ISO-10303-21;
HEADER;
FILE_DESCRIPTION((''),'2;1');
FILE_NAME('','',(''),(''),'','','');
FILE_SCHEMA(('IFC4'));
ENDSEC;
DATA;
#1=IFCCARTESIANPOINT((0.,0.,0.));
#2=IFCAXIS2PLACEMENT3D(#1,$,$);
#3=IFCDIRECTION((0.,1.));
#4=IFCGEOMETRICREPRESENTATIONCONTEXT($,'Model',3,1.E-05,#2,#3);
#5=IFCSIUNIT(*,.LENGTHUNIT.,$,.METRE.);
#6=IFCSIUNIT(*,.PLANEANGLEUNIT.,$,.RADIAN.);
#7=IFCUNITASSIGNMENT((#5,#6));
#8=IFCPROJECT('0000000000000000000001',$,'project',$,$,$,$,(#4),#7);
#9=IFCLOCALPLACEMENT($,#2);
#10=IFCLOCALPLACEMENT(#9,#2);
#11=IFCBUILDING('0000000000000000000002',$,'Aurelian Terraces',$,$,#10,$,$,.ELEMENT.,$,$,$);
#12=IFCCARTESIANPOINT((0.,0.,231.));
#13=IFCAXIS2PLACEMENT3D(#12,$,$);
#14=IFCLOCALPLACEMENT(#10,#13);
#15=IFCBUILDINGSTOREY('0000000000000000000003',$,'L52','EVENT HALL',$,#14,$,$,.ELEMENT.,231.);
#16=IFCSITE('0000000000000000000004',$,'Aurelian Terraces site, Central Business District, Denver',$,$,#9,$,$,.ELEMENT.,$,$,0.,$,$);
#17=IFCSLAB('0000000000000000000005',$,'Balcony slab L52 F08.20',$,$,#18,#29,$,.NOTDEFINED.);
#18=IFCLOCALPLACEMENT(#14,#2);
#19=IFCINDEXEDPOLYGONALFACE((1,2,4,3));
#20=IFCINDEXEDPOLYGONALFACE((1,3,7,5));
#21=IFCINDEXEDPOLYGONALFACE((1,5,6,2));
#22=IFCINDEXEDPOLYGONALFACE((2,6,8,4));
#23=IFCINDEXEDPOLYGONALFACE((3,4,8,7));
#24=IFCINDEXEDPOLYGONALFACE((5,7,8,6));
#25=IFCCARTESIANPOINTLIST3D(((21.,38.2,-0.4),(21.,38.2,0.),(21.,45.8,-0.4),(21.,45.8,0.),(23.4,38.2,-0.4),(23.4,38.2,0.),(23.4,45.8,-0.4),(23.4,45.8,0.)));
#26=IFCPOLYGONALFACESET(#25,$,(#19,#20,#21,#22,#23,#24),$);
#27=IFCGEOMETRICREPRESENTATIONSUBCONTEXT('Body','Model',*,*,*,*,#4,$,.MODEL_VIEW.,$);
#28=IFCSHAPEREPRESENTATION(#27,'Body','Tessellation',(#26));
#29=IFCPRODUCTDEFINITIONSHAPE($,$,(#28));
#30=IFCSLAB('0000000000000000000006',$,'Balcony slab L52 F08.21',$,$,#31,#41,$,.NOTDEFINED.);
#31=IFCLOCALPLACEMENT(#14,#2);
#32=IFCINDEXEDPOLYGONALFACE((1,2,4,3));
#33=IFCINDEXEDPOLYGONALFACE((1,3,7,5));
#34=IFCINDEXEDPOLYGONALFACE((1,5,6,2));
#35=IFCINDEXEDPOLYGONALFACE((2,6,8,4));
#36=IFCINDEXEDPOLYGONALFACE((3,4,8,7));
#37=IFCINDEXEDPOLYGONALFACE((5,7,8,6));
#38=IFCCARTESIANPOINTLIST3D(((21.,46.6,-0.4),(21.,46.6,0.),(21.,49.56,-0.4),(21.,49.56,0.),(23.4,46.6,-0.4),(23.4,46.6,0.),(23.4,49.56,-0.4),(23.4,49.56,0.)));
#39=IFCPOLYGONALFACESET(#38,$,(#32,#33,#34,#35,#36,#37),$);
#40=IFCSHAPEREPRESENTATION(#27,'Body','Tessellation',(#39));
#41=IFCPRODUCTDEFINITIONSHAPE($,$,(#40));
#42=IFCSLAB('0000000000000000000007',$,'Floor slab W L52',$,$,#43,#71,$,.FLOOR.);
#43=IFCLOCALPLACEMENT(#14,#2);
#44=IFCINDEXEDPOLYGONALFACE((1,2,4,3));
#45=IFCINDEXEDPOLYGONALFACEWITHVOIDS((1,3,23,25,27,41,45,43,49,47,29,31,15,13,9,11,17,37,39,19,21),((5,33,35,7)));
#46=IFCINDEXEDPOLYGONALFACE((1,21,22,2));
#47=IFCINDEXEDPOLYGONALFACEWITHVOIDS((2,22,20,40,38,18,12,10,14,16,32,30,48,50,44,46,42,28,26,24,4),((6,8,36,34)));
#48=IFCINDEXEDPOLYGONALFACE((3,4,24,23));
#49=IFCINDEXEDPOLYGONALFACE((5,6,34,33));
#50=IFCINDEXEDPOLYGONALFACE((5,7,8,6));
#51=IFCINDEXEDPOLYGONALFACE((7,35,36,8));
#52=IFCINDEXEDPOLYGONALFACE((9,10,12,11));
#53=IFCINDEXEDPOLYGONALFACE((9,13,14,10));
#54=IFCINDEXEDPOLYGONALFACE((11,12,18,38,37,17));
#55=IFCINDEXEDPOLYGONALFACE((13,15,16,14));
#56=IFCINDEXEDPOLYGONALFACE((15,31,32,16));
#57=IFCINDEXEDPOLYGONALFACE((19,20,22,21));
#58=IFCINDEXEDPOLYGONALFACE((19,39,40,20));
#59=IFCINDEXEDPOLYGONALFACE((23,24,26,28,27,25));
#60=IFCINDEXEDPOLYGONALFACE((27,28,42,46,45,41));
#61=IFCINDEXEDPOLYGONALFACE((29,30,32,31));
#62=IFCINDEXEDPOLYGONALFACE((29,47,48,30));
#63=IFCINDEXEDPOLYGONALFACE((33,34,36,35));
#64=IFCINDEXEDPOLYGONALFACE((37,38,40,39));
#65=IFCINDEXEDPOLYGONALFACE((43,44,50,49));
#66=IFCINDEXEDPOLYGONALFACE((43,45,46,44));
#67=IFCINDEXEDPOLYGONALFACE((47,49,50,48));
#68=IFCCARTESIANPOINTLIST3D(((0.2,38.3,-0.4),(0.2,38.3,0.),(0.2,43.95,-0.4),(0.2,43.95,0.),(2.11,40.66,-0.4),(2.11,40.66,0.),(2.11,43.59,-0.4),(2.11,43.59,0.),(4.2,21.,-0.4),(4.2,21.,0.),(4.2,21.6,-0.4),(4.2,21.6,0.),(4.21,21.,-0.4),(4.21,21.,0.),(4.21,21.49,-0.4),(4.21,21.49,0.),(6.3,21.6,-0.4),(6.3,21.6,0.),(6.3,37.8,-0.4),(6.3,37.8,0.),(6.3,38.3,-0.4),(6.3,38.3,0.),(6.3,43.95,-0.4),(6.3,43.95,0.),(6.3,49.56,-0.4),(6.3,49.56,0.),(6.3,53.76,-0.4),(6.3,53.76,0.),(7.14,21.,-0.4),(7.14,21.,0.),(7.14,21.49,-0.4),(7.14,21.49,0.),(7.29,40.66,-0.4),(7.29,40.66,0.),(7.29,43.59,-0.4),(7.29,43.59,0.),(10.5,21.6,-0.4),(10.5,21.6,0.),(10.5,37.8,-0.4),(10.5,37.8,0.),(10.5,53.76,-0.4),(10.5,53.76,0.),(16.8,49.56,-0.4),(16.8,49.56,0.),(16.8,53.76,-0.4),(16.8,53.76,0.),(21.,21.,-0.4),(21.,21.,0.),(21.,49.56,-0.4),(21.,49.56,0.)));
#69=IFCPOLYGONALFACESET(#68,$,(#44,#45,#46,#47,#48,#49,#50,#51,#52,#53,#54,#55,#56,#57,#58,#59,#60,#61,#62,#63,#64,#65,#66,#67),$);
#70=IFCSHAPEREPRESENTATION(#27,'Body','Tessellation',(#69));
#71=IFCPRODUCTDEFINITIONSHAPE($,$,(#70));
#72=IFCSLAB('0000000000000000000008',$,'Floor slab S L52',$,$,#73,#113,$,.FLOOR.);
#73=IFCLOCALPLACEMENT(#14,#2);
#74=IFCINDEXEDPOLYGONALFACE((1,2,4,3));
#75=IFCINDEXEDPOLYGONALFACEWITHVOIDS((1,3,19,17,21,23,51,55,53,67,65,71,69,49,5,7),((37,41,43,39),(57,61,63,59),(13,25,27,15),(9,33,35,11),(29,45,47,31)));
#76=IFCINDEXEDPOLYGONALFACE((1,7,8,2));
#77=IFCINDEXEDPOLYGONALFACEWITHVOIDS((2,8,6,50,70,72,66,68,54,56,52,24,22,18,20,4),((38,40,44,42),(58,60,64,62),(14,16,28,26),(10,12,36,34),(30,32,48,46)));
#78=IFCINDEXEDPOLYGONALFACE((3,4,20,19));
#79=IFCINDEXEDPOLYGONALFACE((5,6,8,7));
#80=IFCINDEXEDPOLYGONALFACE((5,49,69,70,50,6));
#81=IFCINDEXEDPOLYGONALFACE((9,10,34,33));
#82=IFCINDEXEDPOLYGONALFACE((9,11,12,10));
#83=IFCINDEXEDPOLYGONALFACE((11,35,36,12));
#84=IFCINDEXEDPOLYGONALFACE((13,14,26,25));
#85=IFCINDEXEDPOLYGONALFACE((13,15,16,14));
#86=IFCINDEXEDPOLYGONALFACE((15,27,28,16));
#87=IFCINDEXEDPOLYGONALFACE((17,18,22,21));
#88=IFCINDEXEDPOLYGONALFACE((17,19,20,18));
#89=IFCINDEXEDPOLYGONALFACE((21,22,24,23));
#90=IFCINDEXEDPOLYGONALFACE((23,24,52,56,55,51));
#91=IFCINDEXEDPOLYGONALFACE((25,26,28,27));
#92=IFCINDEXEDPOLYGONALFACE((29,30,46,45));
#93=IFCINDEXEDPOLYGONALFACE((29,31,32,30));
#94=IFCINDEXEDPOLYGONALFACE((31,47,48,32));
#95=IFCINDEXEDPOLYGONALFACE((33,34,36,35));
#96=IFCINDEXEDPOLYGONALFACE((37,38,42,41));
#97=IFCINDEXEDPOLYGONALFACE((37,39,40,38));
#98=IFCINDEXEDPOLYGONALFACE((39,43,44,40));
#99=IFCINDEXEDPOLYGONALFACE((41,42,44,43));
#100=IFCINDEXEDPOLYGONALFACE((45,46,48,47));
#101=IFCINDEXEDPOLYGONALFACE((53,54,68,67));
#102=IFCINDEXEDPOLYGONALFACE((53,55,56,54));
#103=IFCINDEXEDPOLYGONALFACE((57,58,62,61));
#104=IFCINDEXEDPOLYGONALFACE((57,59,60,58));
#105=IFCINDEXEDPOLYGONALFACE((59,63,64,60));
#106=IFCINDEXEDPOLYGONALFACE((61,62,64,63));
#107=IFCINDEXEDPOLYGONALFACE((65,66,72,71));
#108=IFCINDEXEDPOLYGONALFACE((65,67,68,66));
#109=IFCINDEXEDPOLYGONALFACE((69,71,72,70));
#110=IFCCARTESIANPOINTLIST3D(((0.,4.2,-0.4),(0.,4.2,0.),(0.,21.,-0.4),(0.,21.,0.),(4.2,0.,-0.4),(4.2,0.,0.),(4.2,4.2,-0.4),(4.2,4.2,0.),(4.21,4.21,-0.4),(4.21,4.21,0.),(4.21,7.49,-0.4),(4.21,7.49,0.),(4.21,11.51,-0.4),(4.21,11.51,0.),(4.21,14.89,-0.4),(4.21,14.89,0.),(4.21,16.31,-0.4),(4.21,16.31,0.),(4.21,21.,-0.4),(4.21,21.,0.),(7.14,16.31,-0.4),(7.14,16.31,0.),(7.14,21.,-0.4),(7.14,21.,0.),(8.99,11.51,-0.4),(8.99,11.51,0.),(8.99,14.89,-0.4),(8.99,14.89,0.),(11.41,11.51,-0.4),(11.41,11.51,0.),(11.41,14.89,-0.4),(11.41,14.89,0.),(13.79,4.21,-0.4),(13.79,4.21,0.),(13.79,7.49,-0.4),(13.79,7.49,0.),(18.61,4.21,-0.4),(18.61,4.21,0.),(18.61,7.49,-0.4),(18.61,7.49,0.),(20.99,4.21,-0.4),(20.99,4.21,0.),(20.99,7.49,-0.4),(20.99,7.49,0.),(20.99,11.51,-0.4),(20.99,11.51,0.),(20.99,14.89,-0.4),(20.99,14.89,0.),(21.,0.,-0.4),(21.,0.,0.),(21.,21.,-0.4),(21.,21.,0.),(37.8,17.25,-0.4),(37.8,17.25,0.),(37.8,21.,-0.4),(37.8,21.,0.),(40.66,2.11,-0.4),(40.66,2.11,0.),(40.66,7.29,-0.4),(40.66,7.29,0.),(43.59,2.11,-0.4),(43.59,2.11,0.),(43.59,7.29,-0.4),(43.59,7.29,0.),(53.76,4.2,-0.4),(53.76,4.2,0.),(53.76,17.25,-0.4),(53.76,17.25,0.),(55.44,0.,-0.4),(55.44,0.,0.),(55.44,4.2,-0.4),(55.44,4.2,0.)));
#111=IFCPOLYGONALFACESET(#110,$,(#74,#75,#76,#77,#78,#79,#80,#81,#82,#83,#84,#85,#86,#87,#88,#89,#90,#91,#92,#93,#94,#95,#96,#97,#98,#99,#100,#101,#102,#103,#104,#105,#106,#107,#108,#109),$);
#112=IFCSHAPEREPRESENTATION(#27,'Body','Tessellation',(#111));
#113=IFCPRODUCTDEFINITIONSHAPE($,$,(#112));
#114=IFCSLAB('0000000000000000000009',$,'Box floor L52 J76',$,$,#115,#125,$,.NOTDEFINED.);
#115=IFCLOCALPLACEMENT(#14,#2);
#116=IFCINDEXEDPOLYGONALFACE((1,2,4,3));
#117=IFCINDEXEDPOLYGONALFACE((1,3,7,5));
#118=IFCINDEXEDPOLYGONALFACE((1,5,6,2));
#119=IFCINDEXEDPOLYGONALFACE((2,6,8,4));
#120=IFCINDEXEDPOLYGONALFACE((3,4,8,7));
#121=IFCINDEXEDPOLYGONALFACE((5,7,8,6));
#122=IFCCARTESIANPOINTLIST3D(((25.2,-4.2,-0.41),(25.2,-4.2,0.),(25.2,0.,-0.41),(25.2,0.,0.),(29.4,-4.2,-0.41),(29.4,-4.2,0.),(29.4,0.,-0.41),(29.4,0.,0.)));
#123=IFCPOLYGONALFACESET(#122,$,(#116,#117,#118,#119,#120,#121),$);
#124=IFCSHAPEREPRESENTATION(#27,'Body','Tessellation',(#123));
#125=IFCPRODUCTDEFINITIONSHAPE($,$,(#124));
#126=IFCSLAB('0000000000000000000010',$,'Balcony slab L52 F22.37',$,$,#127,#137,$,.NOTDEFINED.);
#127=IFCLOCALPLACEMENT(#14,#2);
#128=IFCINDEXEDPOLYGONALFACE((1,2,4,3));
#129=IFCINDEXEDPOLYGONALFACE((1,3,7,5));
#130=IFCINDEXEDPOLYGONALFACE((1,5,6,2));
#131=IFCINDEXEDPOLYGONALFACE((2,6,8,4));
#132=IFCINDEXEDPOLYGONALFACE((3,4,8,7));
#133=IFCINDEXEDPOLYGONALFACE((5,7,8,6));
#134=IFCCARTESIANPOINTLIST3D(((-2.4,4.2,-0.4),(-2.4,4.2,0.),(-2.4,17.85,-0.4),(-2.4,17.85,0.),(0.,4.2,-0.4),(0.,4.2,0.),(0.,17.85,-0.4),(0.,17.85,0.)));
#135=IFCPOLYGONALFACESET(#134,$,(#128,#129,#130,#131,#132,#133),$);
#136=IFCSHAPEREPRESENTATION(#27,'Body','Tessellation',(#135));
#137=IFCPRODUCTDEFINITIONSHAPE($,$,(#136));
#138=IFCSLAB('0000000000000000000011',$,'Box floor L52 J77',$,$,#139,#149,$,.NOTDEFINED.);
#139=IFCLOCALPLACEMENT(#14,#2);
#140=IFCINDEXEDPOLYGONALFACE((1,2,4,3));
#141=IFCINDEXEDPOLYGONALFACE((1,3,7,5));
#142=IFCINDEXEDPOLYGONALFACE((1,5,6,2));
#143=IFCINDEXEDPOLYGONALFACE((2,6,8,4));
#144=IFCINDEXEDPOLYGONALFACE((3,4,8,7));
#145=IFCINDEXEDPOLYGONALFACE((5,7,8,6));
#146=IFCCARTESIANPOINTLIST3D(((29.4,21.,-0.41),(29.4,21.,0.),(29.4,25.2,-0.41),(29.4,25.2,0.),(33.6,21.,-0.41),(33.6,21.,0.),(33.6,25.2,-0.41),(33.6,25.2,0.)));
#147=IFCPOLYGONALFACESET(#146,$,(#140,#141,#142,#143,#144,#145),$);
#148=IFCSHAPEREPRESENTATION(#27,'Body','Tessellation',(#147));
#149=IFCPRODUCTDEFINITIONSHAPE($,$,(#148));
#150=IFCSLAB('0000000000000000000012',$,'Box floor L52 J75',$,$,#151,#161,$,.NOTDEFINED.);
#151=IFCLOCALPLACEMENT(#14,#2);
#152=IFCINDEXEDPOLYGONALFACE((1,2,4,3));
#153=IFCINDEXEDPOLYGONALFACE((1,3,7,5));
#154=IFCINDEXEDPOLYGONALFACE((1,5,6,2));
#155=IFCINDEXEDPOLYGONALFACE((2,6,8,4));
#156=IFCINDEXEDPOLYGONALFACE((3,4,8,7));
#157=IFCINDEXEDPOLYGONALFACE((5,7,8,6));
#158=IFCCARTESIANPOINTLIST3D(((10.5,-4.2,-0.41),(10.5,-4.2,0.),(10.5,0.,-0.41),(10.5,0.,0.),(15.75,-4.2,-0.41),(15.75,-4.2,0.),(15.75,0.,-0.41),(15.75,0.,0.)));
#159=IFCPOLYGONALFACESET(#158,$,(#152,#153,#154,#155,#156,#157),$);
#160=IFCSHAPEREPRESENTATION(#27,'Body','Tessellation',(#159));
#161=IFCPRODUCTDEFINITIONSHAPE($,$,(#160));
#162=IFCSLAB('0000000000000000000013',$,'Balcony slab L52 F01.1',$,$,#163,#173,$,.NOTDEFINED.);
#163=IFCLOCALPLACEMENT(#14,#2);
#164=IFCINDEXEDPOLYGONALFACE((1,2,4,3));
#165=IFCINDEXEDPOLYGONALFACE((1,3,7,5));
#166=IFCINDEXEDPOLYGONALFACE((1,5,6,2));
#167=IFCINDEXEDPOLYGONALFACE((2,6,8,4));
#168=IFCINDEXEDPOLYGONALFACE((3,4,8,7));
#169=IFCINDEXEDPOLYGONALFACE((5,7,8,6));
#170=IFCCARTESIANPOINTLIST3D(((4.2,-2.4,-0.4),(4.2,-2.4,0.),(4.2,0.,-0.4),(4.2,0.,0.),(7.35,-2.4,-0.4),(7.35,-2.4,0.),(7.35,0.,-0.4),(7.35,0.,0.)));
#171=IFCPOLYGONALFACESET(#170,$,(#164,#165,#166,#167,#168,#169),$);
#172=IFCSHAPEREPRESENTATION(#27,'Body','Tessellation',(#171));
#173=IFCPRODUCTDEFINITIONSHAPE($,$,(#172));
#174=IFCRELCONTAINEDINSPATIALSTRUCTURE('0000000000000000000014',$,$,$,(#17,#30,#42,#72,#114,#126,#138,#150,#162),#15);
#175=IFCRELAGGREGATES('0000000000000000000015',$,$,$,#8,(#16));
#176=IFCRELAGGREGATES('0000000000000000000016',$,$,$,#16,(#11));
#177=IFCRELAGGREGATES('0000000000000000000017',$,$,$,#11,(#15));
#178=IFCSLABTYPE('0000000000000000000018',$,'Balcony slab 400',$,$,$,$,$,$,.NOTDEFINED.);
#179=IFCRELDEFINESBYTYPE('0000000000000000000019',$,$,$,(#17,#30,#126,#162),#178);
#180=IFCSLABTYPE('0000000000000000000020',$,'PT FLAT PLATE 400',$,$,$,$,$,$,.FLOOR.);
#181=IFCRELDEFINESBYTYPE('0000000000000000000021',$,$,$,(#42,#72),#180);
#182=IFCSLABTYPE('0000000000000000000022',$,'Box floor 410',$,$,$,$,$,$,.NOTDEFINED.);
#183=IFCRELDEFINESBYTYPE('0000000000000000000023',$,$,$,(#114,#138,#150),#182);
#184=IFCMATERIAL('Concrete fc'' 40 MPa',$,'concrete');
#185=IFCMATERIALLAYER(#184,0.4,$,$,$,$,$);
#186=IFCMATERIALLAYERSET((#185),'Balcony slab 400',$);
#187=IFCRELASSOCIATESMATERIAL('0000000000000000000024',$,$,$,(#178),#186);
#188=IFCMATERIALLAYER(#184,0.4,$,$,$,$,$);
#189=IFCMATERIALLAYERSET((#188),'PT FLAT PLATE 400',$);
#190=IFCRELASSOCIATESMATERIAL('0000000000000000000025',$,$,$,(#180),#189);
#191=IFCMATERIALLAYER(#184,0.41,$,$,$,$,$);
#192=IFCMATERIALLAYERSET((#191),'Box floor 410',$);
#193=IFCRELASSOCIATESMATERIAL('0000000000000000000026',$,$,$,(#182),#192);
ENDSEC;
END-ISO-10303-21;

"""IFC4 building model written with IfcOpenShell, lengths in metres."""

from ifc_helpers import new_model, si_unit, direction, frame, origin, place, context, subcontext, project, spatial, polyline, outline, extrude, source, transform, mapped, material, layer, layer_set, type_object, element, save


model = new_model("IFC4")

# Units and contexts
model_context = context("Model", 3, precision=1e-05, world=origin(), true_north=direction((0.0, 1.0)))
body_context = subcontext(model_context, "Body", "Model", "MODEL_VIEW")
ifc_project = project(units=[si_unit("LENGTHUNIT", "METRE"), si_unit("PLANEANGLEUNIT", "RADIAN")], contexts=[model_context])

# Site, building, storey
site_placement = place(None, origin())
site = spatial("IfcSite", under=ifc_project, at=site_placement, Name="Aurelian Terraces site, Central Business District, Denver", CompositionType="ELEMENT", RefElevation=0.0)
building_placement = place(site_placement, origin())
building = spatial("IfcBuilding", under=site, at=building_placement, Name="Aurelian Terraces", CompositionType="ELEMENT")
storey_placement = place(building_placement, frame((0.0, 0.0, 231.0)))
storey = spatial("IfcBuildingStorey", under=building, at=storey_placement, Name="L52", Description="EVENT HALL", CompositionType="ELEMENT", Elevation=231.0)

# Slabs
ifc_material_1 = material(Name="Concrete fc' 40 MPa", Category="concrete")
ifc_layer_1 = layer(ifc_material_1, 0.4)
ifc_layer_set_1 = layer_set([ifc_layer_1], Name="Balcony slab 400")
slab_type_1 = type_object("IfcSlabType", Name="Balcony slab 400", PredefinedType="NOTDEFINED", material=ifc_layer_set_1)
slab_1_placement = place(storey_placement, frame((0.0, 0.0, -0.4)))
element("IfcSlab", 1, at=slab_1_placement, inside=storey, type_object=slab_type_1, Name="Balcony slab L52 F08.20", PredefinedType="NOTDEFINED", context=body_context, shape_type="SweptSolid", body=[
    extrude(outline(polyline([(21.0, 38.2), (21.0, 45.8), (23.4, 45.8), (23.4, 38.2), (21.0, 38.2)])), origin(), (0.0, 0.0, 1.0), 0.4),
])
slab_2_placement = place(storey_placement, frame((0.0, 0.0, -0.4)))
element("IfcSlab", 2, at=slab_2_placement, inside=storey, type_object=slab_type_1, Name="Balcony slab L52 F08.21", PredefinedType="NOTDEFINED", context=body_context, shape_type="SweptSolid", body=[
    extrude(outline(polyline([(21.0, 46.6), (21.0, 49.56), (23.4, 49.56), (23.4, 46.6), (21.0, 46.6)])), origin(), (0.0, 0.0, 1.0), 0.4),
])
ifc_layer_2 = layer(ifc_material_1, 0.4)
ifc_layer_set_2 = layer_set([ifc_layer_2], Name="PT FLAT PLATE 400")
slab_type_2 = type_object("IfcSlabType", Name="PT FLAT PLATE 400", PredefinedType="FLOOR", material=ifc_layer_set_2)
slab_3_placement = place(storey_placement, frame((0.0, 0.0, -0.4)))
element("IfcSlab", 3, at=slab_3_placement, inside=storey, type_object=slab_type_2, Name="Floor slab W L52", PredefinedType="FLOOR", context=body_context, shape_type="SweptSolid", body=[
    extrude(outline(polyline([(6.3, 49.56), (6.3, 53.76), (10.5, 53.76), (16.8, 53.76), (16.8, 49.56), (21.0, 49.56), (21.0, 21.0), (7.14, 21.0), (7.14, 21.49), (4.21, 21.49), (4.21, 21.0), (4.2, 21.0), (4.2, 21.6), (6.3, 21.6), (10.5, 21.6), (10.5, 37.8), (6.3, 37.8), (6.3, 38.3), (0.2, 38.3), (0.2, 43.95), (6.3, 43.95), (6.3, 49.56)]), holes=[polyline([(7.29, 43.59), (2.11, 43.59), (2.11, 40.66), (7.29, 40.66), (7.29, 43.59)])]), origin(), (0.0, 0.0, 1.0), 0.4),
])
shared_shape_1 = source(origin(), body_context, "Body", "SweptSolid", [
    extrude(outline(polyline([(21.0, 0.0), (4.2, 0.0), (4.2, 4.2), (0.0, 4.2), (0.0, 21.0), (4.21, 21.0), (4.21, 16.31), (7.14, 16.31), (7.14, 21.0), (21.0, 21.0), (37.8, 21.0), (37.8, 17.25), (53.76, 17.25), (53.76, 4.2), (55.44, 4.2), (55.44, 0.0), (21.0, 0.0)]), holes=[polyline([(40.66, 2.11), (43.59, 2.11), (43.59, 7.29), (40.66, 7.29), (40.66, 2.11)]), polyline([(18.61, 7.49), (18.61, 4.21), (20.99, 4.21), (20.99, 7.49), (18.61, 7.49)]), polyline([(20.99, 14.89), (11.41, 14.89), (11.41, 11.51), (20.99, 11.51), (20.99, 14.89)]), polyline([(4.21, 7.49), (4.21, 4.21), (13.79, 4.21), (13.79, 7.49), (4.21, 7.49)]), polyline([(4.21, 14.89), (4.21, 11.51), (8.99, 11.51), (8.99, 14.89), (4.21, 14.89)])]), origin(), (0.0, 0.0, 1.0), 0.4),
])
slab_4_placement = place(storey_placement, frame((0.0, 0.0, -0.4)))
element("IfcSlab", 4, at=slab_4_placement, inside=storey, type_object=slab_type_2, Name="Floor slab S L52", PredefinedType="FLOOR", context=body_context, shape_type="MappedRepresentation", body=[
    mapped(shared_shape_1, transform((0.0, 0.0, 0.0), scale=1.0)),
])
ifc_layer_3 = layer(ifc_material_1, 0.41)
ifc_layer_set_3 = layer_set([ifc_layer_3], Name="Box floor 410")
slab_type_3 = type_object("IfcSlabType", Name="Box floor 410", PredefinedType="NOTDEFINED", material=ifc_layer_set_3)
shared_shape_2 = source(origin(), body_context, "Body", "SweptSolid", [
    extrude(outline(polyline([(25.2, -4.2), (29.4, -4.2), (29.4, 0.0), (25.2, 0.0), (25.2, -4.2)])), origin(), (0.0, 0.0, 1.0), 0.41),
])
slab_5_placement = place(storey_placement, frame((0.0, 0.0, -0.41)))
element("IfcSlab", 5, at=slab_5_placement, inside=storey, type_object=slab_type_3, Name="Box floor L52 J76", PredefinedType="NOTDEFINED", context=body_context, shape_type="MappedRepresentation", body=[
    mapped(shared_shape_2, transform((0.0, 0.0, 0.0), scale=1.0)),
])
shared_shape_3 = source(origin(), body_context, "Body", "SweptSolid", [
    extrude(outline(polyline([(0.0, 17.85), (0.0, 4.2), (-2.4, 4.2), (-2.4, 17.85), (0.0, 17.85)])), origin(), (0.0, 0.0, 1.0), 0.4),
])
slab_6_placement = place(storey_placement, frame((0.0, 0.0, -0.4)))
element("IfcSlab", 6, at=slab_6_placement, inside=storey, type_object=slab_type_1, Name="Balcony slab L52 F22.37", PredefinedType="NOTDEFINED", context=body_context, shape_type="MappedRepresentation", body=[
    mapped(shared_shape_3, transform((0.0, 0.0, 0.0), scale=1.0)),
])
shared_shape_4 = source(origin(), body_context, "Body", "SweptSolid", [
    extrude(outline(polyline([(33.6, 25.2), (29.4, 25.2), (29.4, 21.0), (33.6, 21.0), (33.6, 25.2)])), origin(), (0.0, 0.0, 1.0), 0.41),
])
slab_7_placement = place(storey_placement, frame((0.0, 0.0, -0.41)))
element("IfcSlab", 7, at=slab_7_placement, inside=storey, type_object=slab_type_3, Name="Box floor L52 J77", PredefinedType="NOTDEFINED", context=body_context, shape_type="MappedRepresentation", body=[
    mapped(shared_shape_4, transform((0.0, 0.0, 0.0), scale=1.0)),
])
shared_shape_5 = source(origin(), body_context, "Body", "SweptSolid", [
    extrude(outline(polyline([(10.5, -4.2), (15.75, -4.2), (15.75, 0.0), (10.5, 0.0), (10.5, -4.2)])), origin(), (0.0, 0.0, 1.0), 0.41),
])
slab_8_placement = place(storey_placement, frame((0.0, 0.0, -0.41)))
element("IfcSlab", 8, at=slab_8_placement, inside=storey, type_object=slab_type_3, Name="Box floor L52 J75", PredefinedType="NOTDEFINED", context=body_context, shape_type="MappedRepresentation", body=[
    mapped(shared_shape_5, transform((0.0, 0.0, 0.0), scale=1.0)),
])
shared_shape_6 = source(origin(), body_context, "Body", "SweptSolid", [
    extrude(outline(polyline([(4.2, 0.0), (7.35, 0.0), (7.35, -2.4), (4.2, -2.4), (4.2, 0.0)])), origin(), (0.0, 0.0, 1.0), 0.4),
])
slab_9_placement = place(storey_placement, frame((0.0, 0.0, -0.4)))
element("IfcSlab", 9, at=slab_9_placement, inside=storey, type_object=slab_type_1, Name="Balcony slab L52 F01.1", PredefinedType="NOTDEFINED", context=body_context, shape_type="MappedRepresentation", body=[
    mapped(shared_shape_6, transform((0.0, 0.0, 0.0), scale=1.0)),
])

save(model, "model.ifc")
